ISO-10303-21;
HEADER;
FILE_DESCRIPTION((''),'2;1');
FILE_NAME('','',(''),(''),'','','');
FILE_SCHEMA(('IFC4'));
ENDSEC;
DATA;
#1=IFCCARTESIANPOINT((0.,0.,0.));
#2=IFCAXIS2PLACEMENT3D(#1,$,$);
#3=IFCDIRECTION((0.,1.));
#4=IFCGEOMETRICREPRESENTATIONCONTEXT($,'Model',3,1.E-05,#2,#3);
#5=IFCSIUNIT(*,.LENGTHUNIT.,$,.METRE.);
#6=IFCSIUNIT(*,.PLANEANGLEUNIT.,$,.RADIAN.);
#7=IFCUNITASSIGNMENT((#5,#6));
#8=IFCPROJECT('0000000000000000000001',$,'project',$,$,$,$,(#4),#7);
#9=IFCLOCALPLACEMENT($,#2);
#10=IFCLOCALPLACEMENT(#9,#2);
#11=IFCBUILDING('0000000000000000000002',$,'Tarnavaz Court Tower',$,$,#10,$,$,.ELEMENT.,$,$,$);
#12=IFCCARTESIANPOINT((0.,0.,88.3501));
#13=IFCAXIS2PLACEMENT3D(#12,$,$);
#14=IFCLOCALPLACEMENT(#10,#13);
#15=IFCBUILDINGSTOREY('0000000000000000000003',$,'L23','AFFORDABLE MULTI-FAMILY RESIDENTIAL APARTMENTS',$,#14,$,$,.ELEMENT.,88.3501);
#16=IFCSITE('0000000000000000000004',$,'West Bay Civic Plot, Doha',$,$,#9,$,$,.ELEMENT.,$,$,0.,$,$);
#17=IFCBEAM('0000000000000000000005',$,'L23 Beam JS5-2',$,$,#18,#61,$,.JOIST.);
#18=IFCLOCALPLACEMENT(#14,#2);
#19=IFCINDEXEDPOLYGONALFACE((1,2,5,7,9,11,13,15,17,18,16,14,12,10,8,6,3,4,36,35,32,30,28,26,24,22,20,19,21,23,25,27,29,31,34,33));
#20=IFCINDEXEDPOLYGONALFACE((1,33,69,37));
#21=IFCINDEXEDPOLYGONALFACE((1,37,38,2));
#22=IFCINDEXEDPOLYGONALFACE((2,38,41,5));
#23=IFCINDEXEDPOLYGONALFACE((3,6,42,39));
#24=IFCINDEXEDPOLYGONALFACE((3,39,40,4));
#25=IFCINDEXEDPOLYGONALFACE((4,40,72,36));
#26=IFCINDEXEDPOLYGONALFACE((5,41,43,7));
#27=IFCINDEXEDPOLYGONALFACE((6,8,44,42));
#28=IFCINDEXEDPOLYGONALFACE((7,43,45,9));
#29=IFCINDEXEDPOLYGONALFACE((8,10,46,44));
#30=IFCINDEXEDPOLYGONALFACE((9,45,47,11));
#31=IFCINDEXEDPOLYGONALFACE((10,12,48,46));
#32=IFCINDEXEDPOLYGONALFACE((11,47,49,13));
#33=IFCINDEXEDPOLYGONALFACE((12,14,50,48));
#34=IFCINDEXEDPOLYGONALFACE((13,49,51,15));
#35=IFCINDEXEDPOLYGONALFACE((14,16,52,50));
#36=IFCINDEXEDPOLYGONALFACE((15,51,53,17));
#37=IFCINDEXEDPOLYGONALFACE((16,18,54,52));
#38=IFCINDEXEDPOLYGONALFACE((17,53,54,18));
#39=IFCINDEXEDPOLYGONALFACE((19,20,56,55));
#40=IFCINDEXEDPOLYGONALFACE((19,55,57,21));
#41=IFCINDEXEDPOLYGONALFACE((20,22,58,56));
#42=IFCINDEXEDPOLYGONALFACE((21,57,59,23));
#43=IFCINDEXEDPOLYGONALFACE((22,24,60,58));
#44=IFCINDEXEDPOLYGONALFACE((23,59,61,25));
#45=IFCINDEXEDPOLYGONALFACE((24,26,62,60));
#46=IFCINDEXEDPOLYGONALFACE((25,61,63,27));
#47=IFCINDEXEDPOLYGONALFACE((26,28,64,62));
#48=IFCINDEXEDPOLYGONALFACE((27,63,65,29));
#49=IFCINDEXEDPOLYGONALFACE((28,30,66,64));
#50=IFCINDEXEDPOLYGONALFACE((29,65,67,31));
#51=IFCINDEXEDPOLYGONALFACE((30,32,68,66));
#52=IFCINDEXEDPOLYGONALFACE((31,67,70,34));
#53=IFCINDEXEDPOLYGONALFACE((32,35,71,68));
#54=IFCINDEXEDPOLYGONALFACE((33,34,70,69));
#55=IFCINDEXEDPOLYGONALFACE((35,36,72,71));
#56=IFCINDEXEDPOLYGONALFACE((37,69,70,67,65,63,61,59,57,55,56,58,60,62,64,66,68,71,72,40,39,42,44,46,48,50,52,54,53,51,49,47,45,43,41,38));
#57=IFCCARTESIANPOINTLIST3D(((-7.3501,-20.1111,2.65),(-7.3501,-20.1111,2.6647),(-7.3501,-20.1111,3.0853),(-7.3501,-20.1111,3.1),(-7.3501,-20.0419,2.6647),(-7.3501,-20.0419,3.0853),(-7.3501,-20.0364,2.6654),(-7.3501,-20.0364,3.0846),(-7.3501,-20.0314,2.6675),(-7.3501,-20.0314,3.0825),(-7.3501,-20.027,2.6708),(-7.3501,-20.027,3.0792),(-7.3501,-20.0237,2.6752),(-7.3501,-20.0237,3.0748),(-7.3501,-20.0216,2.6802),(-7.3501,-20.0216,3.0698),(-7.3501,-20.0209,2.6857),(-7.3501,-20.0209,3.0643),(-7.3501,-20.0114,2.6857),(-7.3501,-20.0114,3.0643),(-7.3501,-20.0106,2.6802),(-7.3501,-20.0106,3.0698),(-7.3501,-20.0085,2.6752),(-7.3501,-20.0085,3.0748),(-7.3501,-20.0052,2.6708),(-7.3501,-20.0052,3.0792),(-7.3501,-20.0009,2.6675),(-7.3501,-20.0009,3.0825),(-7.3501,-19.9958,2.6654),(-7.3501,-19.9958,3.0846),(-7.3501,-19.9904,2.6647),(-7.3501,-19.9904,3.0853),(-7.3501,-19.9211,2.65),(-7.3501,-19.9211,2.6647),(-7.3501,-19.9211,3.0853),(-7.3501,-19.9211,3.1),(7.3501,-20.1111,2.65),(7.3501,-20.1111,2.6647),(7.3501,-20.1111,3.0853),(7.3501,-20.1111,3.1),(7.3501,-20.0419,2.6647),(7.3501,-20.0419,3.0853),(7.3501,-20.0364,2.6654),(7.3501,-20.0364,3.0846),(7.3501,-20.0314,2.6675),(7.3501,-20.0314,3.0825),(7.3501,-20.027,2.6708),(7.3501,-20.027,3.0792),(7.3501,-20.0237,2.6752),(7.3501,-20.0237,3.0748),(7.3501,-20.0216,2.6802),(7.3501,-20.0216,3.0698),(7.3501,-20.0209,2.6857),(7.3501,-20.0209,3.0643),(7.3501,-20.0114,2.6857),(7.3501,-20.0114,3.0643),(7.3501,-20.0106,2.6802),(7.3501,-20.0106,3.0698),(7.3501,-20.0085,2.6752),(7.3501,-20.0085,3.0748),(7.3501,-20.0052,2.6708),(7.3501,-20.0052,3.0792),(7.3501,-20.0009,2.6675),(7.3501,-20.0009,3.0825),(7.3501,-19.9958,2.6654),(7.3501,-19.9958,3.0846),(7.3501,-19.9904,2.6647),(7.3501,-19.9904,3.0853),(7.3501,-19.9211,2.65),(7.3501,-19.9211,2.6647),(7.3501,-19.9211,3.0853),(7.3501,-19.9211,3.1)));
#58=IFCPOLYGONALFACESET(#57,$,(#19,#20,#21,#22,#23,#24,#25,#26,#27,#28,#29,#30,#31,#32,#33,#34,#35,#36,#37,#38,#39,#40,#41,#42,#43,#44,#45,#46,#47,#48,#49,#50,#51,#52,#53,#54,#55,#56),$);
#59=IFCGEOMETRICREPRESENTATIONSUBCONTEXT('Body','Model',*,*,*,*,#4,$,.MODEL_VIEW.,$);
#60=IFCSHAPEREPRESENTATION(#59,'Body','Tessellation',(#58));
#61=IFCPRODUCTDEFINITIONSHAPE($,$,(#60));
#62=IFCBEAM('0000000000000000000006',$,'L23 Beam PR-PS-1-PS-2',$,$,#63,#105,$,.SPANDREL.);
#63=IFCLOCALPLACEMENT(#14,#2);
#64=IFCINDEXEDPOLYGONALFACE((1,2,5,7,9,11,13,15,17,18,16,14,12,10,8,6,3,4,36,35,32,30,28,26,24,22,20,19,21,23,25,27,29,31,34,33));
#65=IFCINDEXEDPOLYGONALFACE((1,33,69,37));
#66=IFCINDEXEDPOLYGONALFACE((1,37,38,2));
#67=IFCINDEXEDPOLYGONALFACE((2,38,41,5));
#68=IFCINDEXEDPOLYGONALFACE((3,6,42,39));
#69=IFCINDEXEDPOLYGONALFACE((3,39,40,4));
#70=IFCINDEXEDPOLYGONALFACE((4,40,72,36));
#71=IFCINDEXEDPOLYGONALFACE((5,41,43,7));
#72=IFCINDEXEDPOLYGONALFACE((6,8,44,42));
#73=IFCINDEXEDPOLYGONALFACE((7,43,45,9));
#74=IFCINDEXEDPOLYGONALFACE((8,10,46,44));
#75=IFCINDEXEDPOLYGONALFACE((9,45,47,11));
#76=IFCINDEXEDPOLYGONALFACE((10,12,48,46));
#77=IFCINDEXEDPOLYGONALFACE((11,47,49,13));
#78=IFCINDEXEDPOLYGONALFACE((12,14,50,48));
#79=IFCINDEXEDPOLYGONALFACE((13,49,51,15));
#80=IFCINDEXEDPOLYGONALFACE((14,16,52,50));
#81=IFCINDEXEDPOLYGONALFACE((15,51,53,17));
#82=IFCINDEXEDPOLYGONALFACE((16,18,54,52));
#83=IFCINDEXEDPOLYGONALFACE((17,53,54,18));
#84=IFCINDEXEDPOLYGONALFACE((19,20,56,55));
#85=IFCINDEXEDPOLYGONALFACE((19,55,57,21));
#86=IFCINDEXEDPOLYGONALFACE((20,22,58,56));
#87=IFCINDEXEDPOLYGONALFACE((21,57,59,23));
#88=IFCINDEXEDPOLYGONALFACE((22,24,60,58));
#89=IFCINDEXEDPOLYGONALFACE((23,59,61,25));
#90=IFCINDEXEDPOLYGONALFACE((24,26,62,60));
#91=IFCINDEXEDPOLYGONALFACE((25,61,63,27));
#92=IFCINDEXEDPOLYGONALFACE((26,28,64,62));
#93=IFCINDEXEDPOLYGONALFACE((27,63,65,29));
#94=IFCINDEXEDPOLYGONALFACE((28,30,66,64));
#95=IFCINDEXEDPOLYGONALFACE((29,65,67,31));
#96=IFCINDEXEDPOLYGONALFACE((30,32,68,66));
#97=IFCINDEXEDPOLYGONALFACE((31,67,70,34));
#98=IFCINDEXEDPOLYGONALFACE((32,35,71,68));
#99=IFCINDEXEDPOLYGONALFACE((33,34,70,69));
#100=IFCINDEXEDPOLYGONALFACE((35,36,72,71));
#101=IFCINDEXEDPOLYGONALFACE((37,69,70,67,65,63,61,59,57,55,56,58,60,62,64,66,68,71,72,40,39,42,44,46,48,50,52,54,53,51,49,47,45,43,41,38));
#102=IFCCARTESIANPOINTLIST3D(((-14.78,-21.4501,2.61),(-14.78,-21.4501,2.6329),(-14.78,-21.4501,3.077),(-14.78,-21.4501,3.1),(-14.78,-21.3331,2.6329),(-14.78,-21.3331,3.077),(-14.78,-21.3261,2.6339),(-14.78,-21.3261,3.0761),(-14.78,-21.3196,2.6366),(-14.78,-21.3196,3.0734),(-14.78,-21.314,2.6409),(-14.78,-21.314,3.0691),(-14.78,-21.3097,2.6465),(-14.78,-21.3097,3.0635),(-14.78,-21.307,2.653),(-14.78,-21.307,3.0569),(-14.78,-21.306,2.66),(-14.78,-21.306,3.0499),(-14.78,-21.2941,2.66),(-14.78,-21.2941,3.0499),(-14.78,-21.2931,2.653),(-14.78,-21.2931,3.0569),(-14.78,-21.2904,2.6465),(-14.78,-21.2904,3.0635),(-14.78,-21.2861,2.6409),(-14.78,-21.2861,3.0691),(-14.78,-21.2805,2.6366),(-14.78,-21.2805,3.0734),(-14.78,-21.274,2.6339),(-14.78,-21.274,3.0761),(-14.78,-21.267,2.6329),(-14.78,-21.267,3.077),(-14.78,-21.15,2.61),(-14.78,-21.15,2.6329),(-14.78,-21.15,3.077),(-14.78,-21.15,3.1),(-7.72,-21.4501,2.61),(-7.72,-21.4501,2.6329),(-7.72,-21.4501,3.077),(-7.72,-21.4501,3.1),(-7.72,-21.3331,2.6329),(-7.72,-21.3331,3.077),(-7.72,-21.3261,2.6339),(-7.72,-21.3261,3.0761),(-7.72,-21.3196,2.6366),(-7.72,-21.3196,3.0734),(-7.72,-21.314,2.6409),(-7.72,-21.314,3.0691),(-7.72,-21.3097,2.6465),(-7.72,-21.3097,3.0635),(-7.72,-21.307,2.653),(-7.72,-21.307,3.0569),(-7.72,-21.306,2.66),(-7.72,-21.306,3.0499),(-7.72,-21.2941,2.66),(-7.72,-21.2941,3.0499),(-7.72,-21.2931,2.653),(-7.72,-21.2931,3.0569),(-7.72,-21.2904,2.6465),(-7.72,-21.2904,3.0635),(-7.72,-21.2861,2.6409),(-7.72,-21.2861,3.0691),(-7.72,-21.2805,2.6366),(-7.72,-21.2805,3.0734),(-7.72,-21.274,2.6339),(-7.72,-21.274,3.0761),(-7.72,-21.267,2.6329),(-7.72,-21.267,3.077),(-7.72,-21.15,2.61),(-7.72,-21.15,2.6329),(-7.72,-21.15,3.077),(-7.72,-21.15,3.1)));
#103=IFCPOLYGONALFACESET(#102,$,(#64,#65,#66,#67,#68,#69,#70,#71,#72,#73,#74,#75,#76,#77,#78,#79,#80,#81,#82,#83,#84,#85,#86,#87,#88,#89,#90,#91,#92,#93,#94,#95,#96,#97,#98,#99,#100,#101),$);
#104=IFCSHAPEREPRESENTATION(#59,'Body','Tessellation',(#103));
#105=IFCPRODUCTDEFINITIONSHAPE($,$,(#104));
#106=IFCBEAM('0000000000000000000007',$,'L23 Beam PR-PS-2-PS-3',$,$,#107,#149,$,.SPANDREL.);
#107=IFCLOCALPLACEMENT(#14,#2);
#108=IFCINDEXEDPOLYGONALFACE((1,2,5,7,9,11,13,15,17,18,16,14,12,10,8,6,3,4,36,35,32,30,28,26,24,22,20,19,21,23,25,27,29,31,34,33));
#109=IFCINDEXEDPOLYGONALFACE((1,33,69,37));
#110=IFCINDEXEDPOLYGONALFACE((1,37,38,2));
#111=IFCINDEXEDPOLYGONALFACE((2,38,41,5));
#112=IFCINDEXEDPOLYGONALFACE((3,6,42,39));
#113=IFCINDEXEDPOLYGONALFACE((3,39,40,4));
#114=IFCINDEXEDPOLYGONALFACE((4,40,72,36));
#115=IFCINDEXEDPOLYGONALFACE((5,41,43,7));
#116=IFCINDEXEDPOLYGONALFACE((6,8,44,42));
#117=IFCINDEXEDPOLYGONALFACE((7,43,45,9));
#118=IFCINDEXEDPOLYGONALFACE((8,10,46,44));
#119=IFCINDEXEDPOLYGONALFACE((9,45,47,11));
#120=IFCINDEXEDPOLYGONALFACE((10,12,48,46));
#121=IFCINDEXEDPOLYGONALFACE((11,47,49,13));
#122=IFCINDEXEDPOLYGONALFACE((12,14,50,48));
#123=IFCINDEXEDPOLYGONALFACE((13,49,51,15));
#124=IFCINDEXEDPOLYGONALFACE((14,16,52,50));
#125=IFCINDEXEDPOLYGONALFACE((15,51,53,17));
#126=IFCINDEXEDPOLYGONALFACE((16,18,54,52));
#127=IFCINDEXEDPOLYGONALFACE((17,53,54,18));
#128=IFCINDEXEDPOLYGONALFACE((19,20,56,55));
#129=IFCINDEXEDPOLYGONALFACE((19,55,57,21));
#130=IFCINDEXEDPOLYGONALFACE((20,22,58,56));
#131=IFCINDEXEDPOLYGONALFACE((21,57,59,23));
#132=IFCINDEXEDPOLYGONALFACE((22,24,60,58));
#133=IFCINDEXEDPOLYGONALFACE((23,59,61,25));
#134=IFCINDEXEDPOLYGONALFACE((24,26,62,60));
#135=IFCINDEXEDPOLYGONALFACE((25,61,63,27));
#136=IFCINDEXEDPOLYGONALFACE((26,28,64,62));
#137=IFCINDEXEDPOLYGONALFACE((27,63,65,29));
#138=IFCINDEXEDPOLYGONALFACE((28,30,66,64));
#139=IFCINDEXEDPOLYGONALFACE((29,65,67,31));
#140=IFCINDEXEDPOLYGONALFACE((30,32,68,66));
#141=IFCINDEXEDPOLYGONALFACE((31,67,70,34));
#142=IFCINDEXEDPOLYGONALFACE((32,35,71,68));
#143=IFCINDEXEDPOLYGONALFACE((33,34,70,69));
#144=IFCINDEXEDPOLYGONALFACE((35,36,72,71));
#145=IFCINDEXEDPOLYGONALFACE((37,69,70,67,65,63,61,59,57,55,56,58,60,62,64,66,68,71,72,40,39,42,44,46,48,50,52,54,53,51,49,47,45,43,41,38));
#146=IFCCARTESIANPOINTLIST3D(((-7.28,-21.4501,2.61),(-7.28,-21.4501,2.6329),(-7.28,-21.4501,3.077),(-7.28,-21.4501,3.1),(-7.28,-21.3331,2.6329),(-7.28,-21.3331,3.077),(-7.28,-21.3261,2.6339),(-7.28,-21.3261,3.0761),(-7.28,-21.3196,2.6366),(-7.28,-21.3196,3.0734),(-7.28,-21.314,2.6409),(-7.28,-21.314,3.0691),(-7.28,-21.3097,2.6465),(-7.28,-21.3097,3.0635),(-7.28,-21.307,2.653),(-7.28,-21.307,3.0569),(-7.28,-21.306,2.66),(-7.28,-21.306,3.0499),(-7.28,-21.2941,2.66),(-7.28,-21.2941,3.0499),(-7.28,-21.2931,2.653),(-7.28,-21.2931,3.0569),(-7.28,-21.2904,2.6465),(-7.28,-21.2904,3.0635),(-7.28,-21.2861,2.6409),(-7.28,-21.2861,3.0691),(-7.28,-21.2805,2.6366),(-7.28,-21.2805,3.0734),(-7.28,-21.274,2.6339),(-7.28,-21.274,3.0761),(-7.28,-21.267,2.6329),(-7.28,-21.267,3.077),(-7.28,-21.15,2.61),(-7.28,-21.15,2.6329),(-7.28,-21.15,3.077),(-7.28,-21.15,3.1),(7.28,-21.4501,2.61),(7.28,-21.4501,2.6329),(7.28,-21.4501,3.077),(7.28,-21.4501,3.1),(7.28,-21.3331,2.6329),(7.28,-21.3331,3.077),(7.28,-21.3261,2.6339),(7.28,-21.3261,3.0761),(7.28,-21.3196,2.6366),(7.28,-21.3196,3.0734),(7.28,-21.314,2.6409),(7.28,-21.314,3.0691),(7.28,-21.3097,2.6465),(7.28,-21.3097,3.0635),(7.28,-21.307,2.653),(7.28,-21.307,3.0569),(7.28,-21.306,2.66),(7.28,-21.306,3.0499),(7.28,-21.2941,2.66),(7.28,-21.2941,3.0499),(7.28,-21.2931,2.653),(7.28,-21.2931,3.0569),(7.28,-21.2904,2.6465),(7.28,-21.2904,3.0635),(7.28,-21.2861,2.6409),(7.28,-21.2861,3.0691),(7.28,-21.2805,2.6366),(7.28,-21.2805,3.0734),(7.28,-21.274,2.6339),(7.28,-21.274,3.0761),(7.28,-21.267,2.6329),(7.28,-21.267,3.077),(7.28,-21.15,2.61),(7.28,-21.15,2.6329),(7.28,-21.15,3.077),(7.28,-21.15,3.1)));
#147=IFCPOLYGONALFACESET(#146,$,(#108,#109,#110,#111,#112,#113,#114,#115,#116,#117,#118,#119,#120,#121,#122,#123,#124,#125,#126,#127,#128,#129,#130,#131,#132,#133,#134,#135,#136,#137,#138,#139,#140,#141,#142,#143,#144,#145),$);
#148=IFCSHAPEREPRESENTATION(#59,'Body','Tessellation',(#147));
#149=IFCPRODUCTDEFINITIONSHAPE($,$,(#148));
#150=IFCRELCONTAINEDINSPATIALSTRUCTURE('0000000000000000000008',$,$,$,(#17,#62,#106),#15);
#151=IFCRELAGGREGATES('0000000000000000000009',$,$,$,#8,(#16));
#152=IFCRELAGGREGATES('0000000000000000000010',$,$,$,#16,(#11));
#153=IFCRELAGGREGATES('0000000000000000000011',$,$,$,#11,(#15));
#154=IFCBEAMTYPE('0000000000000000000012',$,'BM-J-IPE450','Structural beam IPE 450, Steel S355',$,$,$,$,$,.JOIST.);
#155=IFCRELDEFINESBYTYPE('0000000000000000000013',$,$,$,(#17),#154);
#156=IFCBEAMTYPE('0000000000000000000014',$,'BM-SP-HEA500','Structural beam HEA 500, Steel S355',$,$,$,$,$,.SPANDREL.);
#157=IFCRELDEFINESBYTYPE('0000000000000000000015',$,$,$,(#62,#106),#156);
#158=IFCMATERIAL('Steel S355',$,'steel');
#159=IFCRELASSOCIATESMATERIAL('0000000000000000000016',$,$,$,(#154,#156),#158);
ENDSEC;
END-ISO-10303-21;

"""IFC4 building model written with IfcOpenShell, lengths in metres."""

from ifc_helpers import new_model, si_unit, direction, frame, origin, origin_2d, place, context, subcontext, project, spatial, i_section, extrude, material, material_profile, profile_set, type_object, element, save


model = new_model("IFC4")

# Units and contexts
model_context = context("Model", 3, precision=1e-05, world=origin(), true_north=direction((0.0, 1.0)))
body_context = subcontext(model_context, "Body", "Model", "MODEL_VIEW")
ifc_project = project(units=[si_unit("LENGTHUNIT", "METRE"), si_unit("PLANEANGLEUNIT", "RADIAN")], contexts=[model_context])

# Site, building, storey
site_placement = place(None, origin())
site = spatial("IfcSite", under=ifc_project, at=site_placement, Name="West Bay Civic Plot, Doha", CompositionType="ELEMENT", RefElevation=0.0)
building_placement = place(site_placement, origin())
building = spatial("IfcBuilding", under=site, at=building_placement, Name="Tarnavaz Court Tower", CompositionType="ELEMENT")
storey_placement = place(building_placement, frame((0.0, 0.0, 88.3501)))
storey = spatial("IfcBuildingStorey", under=building, at=storey_placement, Name="L23", Description="AFFORDABLE MULTI-FAMILY RESIDENTIAL APARTMENTS", CompositionType="ELEMENT", Elevation=88.3501)

# Beams
ifc_material_1 = material(Name="Steel S355", Category="steel")
ifc_material_profile_1 = material_profile(ifc_material_1, i_section(OverallWidth=0.1899, OverallDepth=0.45, WebThickness=0.0095, FlangeThickness=0.0146, FilletRadius=0.021, at=origin_2d()), Name="IPE 450")
ifc_profile_set_1 = profile_set([ifc_material_profile_1], Name="Steel S355")
beam_type_1 = type_object("IfcBeamType", Name="BM-J-IPE450", Description="Structural beam IPE 450, Steel S355", PredefinedType="JOIST", material=ifc_profile_set_1)
beam_1_placement = place(storey_placement, frame((-7.3501, -20.0161, 2.875), z_axis=(1.0, 0.0, 0.0), x_axis=(0.0, 1.0, 0.0)))
element("IfcBeam", 1, at=beam_1_placement, inside=storey, type_object=beam_type_1, Name="L23 Beam JS5-2", PredefinedType="JOIST", context=body_context, shape_type="SweptSolid", body=[
    extrude(i_section(OverallWidth=0.1899, OverallDepth=0.45, WebThickness=0.0095, FlangeThickness=0.0146, FilletRadius=0.021, at=origin_2d()), origin(), (0.0, 0.0, 1.0), 14.7002),
])
ifc_material_profile_2 = material_profile(ifc_material_1, i_section(OverallWidth=0.3, OverallDepth=0.49, WebThickness=0.012, FlangeThickness=0.0229, FilletRadius=0.0271, at=origin_2d()), Name="HEA 500")
ifc_profile_set_2 = profile_set([ifc_material_profile_2], Name="Steel S355")
beam_type_2 = type_object("IfcBeamType", Name="BM-SP-HEA500", Description="Structural beam HEA 500, Steel S355", PredefinedType="SPANDREL", material=ifc_profile_set_2)
beam_2_placement = place(storey_placement, frame((-14.78, -21.3, 2.855), z_axis=(1.0, 0.0, 0.0), x_axis=(0.0, 1.0, 0.0)))
element("IfcBeam", 2, at=beam_2_placement, inside=storey, type_object=beam_type_2, Name="L23 Beam PR-PS-1-PS-2", PredefinedType="SPANDREL", context=body_context, shape_type="SweptSolid", body=[
    extrude(i_section(OverallWidth=0.3, OverallDepth=0.49, WebThickness=0.012, FlangeThickness=0.0229, FilletRadius=0.0271, at=origin_2d()), origin(), (0.0, 0.0, 1.0), 7.0601),
])
beam_3_placement = place(storey_placement, frame((-7.28, -21.3, 2.855), z_axis=(1.0, 0.0, 0.0), x_axis=(0.0, 1.0, 0.0)))
element("IfcBeam", 3, at=beam_3_placement, inside=storey, type_object=beam_type_2, Name="L23 Beam PR-PS-2-PS-3", PredefinedType="SPANDREL", context=body_context, shape_type="SweptSolid", body=[
    extrude(i_section(OverallWidth=0.3, OverallDepth=0.49, WebThickness=0.012, FlangeThickness=0.0229, FilletRadius=0.0271, at=origin_2d()), origin(), (0.0, 0.0, 1.0), 14.5601),
])

save(model, "model.ifc")
